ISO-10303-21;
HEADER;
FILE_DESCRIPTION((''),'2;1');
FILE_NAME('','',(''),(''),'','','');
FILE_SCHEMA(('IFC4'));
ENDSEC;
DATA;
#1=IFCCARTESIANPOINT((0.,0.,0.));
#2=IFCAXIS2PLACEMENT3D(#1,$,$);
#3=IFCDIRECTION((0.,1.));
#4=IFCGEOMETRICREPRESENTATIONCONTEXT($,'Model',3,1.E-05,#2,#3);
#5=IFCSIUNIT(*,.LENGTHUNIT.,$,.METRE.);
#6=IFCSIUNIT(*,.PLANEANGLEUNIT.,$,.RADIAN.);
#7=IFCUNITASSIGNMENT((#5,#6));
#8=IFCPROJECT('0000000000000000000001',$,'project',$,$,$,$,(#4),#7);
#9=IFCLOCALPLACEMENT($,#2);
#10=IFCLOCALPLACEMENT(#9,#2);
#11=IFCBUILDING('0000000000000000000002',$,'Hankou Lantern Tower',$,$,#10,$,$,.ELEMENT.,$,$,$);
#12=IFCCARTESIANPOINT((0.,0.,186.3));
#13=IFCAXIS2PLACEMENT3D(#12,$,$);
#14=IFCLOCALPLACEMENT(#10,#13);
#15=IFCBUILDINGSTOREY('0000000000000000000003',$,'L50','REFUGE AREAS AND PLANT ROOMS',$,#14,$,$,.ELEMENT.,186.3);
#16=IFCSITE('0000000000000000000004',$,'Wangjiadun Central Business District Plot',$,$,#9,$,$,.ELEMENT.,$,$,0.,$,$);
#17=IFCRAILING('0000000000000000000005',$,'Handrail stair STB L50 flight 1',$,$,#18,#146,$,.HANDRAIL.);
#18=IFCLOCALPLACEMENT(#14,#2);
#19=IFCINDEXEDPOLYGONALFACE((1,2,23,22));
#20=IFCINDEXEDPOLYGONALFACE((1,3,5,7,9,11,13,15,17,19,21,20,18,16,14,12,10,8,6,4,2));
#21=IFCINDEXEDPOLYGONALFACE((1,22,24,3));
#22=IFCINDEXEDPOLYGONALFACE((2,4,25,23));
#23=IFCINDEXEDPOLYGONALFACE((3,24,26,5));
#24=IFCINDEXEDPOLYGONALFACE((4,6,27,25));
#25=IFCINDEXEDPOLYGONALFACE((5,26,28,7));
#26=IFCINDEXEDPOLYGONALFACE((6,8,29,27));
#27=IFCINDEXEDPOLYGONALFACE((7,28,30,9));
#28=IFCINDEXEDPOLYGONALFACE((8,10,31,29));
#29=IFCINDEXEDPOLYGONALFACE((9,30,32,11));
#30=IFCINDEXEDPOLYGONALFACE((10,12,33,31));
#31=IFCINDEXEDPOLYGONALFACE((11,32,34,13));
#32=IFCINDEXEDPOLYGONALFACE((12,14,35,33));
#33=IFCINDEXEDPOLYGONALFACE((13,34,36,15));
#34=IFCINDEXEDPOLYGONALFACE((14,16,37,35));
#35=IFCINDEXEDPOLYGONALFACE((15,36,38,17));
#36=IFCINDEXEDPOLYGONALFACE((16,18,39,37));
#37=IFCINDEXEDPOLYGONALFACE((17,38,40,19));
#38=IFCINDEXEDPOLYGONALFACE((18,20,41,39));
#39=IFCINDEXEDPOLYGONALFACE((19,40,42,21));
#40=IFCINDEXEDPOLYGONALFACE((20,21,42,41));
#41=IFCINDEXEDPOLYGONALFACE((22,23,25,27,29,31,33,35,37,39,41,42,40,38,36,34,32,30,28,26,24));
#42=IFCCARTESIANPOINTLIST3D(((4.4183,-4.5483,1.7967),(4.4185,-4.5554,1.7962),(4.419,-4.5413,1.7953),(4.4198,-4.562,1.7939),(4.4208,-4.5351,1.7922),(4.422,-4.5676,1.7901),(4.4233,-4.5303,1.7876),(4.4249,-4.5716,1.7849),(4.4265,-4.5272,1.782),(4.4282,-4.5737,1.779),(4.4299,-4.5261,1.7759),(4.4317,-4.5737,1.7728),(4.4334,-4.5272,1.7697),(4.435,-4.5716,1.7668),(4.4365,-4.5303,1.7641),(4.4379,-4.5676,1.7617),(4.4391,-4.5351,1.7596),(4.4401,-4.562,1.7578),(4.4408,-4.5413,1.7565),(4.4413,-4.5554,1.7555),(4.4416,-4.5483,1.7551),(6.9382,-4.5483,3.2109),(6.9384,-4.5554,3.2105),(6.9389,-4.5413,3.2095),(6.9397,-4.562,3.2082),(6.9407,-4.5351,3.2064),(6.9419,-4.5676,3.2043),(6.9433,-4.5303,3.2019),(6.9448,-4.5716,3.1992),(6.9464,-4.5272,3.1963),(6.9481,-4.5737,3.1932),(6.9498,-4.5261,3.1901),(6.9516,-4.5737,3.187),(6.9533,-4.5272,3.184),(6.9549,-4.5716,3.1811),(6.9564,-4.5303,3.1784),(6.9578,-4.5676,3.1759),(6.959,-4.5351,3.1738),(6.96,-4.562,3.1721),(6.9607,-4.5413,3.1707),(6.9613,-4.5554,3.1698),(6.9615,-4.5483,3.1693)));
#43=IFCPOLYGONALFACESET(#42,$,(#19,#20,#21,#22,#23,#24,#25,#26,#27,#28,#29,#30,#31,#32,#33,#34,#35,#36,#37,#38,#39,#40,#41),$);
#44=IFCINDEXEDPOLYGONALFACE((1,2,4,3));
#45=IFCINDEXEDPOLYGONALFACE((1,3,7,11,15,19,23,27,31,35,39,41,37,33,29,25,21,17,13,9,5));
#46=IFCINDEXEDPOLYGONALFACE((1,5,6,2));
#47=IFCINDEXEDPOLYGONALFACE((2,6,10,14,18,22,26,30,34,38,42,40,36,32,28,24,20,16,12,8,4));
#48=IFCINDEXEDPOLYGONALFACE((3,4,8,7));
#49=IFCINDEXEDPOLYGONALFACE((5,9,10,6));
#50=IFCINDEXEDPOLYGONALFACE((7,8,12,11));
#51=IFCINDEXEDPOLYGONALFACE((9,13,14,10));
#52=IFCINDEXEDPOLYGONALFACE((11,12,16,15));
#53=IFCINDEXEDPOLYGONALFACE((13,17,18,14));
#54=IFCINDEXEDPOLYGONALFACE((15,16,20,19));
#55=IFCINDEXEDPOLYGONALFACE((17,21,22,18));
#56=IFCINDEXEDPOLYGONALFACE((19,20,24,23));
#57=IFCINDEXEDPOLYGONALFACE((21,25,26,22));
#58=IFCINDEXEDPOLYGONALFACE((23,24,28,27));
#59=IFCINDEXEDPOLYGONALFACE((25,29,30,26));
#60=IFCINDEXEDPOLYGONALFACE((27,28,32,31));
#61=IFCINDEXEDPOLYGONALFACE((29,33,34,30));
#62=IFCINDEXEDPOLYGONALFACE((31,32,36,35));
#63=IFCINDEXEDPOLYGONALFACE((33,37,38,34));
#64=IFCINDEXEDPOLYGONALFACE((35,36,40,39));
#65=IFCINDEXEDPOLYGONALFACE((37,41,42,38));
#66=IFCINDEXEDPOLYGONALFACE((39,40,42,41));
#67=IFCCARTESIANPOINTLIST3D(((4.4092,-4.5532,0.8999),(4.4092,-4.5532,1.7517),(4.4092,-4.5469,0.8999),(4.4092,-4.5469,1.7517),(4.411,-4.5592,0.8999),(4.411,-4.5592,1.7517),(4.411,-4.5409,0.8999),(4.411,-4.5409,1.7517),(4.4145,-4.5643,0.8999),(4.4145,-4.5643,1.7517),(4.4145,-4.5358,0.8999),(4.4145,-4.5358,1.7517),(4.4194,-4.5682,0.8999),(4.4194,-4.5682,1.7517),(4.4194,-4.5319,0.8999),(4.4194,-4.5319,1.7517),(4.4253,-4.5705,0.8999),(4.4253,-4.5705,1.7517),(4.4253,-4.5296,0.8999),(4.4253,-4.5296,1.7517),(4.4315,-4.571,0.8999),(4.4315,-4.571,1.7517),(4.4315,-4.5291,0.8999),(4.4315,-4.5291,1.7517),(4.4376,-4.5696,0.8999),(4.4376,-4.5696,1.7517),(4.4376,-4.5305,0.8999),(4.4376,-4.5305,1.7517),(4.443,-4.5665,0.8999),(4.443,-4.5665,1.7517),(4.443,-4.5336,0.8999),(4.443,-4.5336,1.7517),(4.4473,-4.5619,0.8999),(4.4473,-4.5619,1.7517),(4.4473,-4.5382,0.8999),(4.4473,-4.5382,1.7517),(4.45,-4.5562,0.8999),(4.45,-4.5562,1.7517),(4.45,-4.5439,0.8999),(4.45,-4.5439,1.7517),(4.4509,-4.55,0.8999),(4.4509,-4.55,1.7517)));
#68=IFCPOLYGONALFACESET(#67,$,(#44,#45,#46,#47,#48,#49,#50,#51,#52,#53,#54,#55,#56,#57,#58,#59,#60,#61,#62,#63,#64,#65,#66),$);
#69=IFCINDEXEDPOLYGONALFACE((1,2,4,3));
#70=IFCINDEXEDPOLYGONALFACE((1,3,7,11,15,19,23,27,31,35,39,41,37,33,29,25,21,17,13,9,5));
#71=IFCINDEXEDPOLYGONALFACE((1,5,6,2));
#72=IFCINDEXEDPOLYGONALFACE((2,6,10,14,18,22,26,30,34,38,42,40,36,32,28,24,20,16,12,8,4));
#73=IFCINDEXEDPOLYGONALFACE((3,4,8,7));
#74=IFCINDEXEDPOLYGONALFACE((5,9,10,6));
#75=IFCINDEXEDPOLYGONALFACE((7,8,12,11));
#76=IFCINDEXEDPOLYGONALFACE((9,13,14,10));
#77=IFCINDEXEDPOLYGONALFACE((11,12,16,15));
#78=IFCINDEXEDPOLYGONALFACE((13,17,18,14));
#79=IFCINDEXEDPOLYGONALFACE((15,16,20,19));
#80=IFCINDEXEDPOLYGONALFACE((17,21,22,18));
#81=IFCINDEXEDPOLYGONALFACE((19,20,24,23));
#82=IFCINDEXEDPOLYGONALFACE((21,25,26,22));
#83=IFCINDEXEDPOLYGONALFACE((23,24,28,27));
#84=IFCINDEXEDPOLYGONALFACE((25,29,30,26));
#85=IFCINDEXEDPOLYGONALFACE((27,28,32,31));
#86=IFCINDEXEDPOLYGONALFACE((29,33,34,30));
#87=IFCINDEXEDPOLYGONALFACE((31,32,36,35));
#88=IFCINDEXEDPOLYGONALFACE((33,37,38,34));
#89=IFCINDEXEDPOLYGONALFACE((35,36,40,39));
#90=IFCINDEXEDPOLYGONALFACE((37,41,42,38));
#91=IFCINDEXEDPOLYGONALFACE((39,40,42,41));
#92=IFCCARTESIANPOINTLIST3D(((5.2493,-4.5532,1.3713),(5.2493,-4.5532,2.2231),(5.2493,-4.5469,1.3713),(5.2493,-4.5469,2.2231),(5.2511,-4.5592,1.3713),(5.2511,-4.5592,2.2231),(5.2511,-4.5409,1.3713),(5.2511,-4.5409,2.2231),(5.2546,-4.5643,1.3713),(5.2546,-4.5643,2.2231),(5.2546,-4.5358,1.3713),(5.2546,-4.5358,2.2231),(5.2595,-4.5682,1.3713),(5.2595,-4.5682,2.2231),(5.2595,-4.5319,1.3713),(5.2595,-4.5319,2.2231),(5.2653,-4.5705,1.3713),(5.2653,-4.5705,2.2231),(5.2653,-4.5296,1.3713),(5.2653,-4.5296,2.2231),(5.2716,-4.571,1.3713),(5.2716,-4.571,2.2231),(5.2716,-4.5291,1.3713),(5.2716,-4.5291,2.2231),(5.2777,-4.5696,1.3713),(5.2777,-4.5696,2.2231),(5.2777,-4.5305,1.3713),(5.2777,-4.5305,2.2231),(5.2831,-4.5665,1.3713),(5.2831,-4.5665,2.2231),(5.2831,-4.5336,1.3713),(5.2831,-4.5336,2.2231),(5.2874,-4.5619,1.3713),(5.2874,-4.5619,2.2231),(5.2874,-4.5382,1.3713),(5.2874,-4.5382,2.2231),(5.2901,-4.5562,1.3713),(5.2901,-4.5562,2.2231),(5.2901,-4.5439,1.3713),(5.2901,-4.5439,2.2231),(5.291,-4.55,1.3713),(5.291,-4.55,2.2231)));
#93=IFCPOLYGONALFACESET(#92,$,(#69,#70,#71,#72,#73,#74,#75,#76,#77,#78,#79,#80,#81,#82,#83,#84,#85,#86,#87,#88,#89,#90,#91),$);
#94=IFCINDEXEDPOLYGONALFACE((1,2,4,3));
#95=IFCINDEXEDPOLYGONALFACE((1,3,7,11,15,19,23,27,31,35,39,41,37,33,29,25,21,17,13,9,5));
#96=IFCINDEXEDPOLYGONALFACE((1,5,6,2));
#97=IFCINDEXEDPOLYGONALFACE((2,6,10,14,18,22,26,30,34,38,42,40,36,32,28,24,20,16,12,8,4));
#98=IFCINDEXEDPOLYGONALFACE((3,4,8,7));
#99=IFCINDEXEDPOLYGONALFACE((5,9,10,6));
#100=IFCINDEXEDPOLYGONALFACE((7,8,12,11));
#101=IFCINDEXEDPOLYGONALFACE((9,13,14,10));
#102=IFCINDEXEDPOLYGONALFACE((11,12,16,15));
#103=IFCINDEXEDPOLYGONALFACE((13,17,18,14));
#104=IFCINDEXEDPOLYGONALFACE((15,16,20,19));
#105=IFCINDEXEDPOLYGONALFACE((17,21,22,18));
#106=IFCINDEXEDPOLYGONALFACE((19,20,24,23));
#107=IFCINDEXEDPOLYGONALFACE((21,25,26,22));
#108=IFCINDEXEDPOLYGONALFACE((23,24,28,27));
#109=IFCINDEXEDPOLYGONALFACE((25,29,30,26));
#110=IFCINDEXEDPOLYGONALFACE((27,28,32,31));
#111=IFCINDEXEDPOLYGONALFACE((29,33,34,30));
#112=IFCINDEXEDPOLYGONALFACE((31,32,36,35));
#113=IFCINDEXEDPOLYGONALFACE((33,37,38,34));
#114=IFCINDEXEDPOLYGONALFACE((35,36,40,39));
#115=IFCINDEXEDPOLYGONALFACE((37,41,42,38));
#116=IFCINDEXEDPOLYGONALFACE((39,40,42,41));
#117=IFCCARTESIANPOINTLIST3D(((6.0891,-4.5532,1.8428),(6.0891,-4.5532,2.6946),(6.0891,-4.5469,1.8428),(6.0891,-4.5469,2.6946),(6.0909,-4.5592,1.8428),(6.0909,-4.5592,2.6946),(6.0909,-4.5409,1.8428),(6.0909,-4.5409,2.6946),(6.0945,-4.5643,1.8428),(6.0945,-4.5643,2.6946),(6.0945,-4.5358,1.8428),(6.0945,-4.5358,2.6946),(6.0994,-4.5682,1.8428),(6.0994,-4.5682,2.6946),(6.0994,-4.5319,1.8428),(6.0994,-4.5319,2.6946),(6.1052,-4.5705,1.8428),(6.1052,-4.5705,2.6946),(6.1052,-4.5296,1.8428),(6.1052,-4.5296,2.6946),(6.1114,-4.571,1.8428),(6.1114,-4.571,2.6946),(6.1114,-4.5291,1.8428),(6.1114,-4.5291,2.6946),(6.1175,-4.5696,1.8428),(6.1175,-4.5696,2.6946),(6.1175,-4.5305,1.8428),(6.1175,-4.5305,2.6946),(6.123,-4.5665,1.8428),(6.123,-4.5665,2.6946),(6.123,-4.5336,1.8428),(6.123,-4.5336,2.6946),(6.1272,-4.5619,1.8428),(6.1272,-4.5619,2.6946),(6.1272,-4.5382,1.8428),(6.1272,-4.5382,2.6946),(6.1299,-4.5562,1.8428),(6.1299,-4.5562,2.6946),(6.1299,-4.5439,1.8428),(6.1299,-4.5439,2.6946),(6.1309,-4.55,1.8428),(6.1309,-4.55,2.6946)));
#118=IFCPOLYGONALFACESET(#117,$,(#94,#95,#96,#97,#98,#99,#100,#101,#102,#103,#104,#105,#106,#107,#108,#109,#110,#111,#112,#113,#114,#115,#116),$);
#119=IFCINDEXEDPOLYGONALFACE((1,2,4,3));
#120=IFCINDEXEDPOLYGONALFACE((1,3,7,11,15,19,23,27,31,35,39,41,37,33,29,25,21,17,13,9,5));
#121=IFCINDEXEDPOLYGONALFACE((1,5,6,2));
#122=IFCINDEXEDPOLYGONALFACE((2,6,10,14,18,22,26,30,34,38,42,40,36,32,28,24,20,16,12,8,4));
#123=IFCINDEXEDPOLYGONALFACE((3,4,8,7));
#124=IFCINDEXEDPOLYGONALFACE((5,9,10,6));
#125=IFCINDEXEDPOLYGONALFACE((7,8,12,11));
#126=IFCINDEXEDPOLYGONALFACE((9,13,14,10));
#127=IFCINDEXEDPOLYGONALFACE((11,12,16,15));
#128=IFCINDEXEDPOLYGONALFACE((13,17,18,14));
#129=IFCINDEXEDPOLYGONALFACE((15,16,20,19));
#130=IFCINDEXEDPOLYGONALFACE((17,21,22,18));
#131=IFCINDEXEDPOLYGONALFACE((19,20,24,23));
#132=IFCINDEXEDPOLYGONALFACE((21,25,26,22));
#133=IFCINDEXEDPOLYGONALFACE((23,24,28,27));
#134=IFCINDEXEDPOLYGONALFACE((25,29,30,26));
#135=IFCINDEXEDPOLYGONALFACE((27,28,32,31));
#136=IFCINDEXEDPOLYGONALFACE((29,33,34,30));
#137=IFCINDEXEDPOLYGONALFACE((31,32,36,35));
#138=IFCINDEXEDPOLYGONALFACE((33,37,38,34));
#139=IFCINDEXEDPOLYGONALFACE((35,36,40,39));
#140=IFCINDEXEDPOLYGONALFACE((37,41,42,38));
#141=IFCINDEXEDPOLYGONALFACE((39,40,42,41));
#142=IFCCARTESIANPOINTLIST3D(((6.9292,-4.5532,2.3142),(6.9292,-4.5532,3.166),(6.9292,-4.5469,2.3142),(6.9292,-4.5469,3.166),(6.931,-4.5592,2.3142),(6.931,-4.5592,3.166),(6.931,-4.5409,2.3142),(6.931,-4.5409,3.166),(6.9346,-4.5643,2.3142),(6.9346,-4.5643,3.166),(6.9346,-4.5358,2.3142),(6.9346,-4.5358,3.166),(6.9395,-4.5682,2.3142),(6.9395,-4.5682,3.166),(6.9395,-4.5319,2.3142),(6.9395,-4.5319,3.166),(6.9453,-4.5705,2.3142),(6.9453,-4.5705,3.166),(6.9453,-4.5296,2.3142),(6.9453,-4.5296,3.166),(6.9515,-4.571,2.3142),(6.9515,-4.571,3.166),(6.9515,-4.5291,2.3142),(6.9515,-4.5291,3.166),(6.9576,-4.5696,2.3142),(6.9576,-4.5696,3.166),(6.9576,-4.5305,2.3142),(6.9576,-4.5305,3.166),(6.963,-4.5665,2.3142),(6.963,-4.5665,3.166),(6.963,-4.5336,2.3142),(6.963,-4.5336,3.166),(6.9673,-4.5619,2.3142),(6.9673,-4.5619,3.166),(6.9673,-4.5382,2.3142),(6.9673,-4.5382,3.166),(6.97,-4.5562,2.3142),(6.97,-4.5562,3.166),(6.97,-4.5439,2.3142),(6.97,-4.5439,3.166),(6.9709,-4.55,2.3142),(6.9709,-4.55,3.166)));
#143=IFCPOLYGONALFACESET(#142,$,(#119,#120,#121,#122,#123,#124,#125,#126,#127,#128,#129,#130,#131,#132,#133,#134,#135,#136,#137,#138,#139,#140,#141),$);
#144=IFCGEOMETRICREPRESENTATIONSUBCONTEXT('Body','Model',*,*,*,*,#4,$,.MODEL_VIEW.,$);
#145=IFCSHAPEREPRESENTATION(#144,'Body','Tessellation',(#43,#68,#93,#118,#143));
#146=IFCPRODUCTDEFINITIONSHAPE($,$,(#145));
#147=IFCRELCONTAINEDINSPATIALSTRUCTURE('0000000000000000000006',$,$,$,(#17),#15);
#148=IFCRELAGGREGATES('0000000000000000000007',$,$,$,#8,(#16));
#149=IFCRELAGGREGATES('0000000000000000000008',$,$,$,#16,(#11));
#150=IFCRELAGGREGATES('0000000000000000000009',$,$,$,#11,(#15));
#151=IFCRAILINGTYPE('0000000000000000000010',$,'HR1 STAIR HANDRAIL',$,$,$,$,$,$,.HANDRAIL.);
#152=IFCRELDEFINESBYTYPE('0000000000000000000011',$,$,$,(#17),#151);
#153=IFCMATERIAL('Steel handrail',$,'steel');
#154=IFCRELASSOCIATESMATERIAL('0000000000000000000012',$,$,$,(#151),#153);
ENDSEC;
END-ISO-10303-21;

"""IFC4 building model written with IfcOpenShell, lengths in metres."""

from ifc_helpers import new_model, si_unit, direction, frame, origin, origin_2d, place, context, subcontext, project, spatial, circle, extrude, material, type_object, element, save


model = new_model("IFC4")

# Units and contexts
model_context = context("Model", 3, precision=1e-05, world=origin(), true_north=direction((0.0, 1.0)))
body_context = subcontext(model_context, "Body", "Model", "MODEL_VIEW")
ifc_project = project(units=[si_unit("LENGTHUNIT", "METRE"), si_unit("PLANEANGLEUNIT", "RADIAN")], contexts=[model_context])

# Site, building, storey
site_placement = place(None, origin())
site = spatial("IfcSite", under=ifc_project, at=site_placement, Name="Wangjiadun Central Business District Plot", CompositionType="ELEMENT", RefElevation=0.0)
building_placement = place(site_placement, origin())
building = spatial("IfcBuilding", under=site, at=building_placement, Name="Hankou Lantern Tower", CompositionType="ELEMENT")
storey_placement = place(building_placement, frame((0.0, 0.0, 186.3)))
storey = spatial("IfcBuildingStorey", under=building, at=storey_placement, Name="L50", Description="REFUGE AREAS AND PLANT ROOMS", CompositionType="ELEMENT", Elevation=186.3)

# Railing
ifc_material_1 = material(Name="Steel handrail", Category="steel")
railing_type = type_object("IfcRailingType", Name="HR1 STAIR HANDRAIL", PredefinedType="HANDRAIL", material=ifc_material_1)
railing_1_placement = place(storey_placement, frame((4.4299, -4.55, 0.8999)))
element("IfcRailing", 1, at=railing_1_placement, inside=storey, type_object=railing_type, Name="Handrail stair STB L50 flight 1", PredefinedType="HANDRAIL", context=body_context, shape_type="SweptSolid", body=[
    extrude(circle(Radius=0.0239, at=origin_2d()), frame((0.0, 0.0, 0.876), z_axis=(0.872049, 0.0, 0.489419), x_axis=(0.0, 1.0, 0.0)), (0.0, 0.0, 1.0), 2.8896),
    extrude(circle(Radius=0.021, at=origin_2d()), origin(), (0.0, 0.0, 1.0), 0.8518),
    extrude(circle(Radius=0.021, at=origin_2d()), frame((0.8401, 0.0, 0.4714)), (0.0, 0.0, 1.0), 0.8518),
    extrude(circle(Radius=0.021, at=origin_2d()), frame((1.6799, 0.0, 0.9429)), (0.0, 0.0, 1.0), 0.8518),
    extrude(circle(Radius=0.021, at=origin_2d()), frame((2.52, 0.0, 1.4143)), (0.0, 0.0, 1.0), 0.8518),
])

save(model, "model.ifc")
